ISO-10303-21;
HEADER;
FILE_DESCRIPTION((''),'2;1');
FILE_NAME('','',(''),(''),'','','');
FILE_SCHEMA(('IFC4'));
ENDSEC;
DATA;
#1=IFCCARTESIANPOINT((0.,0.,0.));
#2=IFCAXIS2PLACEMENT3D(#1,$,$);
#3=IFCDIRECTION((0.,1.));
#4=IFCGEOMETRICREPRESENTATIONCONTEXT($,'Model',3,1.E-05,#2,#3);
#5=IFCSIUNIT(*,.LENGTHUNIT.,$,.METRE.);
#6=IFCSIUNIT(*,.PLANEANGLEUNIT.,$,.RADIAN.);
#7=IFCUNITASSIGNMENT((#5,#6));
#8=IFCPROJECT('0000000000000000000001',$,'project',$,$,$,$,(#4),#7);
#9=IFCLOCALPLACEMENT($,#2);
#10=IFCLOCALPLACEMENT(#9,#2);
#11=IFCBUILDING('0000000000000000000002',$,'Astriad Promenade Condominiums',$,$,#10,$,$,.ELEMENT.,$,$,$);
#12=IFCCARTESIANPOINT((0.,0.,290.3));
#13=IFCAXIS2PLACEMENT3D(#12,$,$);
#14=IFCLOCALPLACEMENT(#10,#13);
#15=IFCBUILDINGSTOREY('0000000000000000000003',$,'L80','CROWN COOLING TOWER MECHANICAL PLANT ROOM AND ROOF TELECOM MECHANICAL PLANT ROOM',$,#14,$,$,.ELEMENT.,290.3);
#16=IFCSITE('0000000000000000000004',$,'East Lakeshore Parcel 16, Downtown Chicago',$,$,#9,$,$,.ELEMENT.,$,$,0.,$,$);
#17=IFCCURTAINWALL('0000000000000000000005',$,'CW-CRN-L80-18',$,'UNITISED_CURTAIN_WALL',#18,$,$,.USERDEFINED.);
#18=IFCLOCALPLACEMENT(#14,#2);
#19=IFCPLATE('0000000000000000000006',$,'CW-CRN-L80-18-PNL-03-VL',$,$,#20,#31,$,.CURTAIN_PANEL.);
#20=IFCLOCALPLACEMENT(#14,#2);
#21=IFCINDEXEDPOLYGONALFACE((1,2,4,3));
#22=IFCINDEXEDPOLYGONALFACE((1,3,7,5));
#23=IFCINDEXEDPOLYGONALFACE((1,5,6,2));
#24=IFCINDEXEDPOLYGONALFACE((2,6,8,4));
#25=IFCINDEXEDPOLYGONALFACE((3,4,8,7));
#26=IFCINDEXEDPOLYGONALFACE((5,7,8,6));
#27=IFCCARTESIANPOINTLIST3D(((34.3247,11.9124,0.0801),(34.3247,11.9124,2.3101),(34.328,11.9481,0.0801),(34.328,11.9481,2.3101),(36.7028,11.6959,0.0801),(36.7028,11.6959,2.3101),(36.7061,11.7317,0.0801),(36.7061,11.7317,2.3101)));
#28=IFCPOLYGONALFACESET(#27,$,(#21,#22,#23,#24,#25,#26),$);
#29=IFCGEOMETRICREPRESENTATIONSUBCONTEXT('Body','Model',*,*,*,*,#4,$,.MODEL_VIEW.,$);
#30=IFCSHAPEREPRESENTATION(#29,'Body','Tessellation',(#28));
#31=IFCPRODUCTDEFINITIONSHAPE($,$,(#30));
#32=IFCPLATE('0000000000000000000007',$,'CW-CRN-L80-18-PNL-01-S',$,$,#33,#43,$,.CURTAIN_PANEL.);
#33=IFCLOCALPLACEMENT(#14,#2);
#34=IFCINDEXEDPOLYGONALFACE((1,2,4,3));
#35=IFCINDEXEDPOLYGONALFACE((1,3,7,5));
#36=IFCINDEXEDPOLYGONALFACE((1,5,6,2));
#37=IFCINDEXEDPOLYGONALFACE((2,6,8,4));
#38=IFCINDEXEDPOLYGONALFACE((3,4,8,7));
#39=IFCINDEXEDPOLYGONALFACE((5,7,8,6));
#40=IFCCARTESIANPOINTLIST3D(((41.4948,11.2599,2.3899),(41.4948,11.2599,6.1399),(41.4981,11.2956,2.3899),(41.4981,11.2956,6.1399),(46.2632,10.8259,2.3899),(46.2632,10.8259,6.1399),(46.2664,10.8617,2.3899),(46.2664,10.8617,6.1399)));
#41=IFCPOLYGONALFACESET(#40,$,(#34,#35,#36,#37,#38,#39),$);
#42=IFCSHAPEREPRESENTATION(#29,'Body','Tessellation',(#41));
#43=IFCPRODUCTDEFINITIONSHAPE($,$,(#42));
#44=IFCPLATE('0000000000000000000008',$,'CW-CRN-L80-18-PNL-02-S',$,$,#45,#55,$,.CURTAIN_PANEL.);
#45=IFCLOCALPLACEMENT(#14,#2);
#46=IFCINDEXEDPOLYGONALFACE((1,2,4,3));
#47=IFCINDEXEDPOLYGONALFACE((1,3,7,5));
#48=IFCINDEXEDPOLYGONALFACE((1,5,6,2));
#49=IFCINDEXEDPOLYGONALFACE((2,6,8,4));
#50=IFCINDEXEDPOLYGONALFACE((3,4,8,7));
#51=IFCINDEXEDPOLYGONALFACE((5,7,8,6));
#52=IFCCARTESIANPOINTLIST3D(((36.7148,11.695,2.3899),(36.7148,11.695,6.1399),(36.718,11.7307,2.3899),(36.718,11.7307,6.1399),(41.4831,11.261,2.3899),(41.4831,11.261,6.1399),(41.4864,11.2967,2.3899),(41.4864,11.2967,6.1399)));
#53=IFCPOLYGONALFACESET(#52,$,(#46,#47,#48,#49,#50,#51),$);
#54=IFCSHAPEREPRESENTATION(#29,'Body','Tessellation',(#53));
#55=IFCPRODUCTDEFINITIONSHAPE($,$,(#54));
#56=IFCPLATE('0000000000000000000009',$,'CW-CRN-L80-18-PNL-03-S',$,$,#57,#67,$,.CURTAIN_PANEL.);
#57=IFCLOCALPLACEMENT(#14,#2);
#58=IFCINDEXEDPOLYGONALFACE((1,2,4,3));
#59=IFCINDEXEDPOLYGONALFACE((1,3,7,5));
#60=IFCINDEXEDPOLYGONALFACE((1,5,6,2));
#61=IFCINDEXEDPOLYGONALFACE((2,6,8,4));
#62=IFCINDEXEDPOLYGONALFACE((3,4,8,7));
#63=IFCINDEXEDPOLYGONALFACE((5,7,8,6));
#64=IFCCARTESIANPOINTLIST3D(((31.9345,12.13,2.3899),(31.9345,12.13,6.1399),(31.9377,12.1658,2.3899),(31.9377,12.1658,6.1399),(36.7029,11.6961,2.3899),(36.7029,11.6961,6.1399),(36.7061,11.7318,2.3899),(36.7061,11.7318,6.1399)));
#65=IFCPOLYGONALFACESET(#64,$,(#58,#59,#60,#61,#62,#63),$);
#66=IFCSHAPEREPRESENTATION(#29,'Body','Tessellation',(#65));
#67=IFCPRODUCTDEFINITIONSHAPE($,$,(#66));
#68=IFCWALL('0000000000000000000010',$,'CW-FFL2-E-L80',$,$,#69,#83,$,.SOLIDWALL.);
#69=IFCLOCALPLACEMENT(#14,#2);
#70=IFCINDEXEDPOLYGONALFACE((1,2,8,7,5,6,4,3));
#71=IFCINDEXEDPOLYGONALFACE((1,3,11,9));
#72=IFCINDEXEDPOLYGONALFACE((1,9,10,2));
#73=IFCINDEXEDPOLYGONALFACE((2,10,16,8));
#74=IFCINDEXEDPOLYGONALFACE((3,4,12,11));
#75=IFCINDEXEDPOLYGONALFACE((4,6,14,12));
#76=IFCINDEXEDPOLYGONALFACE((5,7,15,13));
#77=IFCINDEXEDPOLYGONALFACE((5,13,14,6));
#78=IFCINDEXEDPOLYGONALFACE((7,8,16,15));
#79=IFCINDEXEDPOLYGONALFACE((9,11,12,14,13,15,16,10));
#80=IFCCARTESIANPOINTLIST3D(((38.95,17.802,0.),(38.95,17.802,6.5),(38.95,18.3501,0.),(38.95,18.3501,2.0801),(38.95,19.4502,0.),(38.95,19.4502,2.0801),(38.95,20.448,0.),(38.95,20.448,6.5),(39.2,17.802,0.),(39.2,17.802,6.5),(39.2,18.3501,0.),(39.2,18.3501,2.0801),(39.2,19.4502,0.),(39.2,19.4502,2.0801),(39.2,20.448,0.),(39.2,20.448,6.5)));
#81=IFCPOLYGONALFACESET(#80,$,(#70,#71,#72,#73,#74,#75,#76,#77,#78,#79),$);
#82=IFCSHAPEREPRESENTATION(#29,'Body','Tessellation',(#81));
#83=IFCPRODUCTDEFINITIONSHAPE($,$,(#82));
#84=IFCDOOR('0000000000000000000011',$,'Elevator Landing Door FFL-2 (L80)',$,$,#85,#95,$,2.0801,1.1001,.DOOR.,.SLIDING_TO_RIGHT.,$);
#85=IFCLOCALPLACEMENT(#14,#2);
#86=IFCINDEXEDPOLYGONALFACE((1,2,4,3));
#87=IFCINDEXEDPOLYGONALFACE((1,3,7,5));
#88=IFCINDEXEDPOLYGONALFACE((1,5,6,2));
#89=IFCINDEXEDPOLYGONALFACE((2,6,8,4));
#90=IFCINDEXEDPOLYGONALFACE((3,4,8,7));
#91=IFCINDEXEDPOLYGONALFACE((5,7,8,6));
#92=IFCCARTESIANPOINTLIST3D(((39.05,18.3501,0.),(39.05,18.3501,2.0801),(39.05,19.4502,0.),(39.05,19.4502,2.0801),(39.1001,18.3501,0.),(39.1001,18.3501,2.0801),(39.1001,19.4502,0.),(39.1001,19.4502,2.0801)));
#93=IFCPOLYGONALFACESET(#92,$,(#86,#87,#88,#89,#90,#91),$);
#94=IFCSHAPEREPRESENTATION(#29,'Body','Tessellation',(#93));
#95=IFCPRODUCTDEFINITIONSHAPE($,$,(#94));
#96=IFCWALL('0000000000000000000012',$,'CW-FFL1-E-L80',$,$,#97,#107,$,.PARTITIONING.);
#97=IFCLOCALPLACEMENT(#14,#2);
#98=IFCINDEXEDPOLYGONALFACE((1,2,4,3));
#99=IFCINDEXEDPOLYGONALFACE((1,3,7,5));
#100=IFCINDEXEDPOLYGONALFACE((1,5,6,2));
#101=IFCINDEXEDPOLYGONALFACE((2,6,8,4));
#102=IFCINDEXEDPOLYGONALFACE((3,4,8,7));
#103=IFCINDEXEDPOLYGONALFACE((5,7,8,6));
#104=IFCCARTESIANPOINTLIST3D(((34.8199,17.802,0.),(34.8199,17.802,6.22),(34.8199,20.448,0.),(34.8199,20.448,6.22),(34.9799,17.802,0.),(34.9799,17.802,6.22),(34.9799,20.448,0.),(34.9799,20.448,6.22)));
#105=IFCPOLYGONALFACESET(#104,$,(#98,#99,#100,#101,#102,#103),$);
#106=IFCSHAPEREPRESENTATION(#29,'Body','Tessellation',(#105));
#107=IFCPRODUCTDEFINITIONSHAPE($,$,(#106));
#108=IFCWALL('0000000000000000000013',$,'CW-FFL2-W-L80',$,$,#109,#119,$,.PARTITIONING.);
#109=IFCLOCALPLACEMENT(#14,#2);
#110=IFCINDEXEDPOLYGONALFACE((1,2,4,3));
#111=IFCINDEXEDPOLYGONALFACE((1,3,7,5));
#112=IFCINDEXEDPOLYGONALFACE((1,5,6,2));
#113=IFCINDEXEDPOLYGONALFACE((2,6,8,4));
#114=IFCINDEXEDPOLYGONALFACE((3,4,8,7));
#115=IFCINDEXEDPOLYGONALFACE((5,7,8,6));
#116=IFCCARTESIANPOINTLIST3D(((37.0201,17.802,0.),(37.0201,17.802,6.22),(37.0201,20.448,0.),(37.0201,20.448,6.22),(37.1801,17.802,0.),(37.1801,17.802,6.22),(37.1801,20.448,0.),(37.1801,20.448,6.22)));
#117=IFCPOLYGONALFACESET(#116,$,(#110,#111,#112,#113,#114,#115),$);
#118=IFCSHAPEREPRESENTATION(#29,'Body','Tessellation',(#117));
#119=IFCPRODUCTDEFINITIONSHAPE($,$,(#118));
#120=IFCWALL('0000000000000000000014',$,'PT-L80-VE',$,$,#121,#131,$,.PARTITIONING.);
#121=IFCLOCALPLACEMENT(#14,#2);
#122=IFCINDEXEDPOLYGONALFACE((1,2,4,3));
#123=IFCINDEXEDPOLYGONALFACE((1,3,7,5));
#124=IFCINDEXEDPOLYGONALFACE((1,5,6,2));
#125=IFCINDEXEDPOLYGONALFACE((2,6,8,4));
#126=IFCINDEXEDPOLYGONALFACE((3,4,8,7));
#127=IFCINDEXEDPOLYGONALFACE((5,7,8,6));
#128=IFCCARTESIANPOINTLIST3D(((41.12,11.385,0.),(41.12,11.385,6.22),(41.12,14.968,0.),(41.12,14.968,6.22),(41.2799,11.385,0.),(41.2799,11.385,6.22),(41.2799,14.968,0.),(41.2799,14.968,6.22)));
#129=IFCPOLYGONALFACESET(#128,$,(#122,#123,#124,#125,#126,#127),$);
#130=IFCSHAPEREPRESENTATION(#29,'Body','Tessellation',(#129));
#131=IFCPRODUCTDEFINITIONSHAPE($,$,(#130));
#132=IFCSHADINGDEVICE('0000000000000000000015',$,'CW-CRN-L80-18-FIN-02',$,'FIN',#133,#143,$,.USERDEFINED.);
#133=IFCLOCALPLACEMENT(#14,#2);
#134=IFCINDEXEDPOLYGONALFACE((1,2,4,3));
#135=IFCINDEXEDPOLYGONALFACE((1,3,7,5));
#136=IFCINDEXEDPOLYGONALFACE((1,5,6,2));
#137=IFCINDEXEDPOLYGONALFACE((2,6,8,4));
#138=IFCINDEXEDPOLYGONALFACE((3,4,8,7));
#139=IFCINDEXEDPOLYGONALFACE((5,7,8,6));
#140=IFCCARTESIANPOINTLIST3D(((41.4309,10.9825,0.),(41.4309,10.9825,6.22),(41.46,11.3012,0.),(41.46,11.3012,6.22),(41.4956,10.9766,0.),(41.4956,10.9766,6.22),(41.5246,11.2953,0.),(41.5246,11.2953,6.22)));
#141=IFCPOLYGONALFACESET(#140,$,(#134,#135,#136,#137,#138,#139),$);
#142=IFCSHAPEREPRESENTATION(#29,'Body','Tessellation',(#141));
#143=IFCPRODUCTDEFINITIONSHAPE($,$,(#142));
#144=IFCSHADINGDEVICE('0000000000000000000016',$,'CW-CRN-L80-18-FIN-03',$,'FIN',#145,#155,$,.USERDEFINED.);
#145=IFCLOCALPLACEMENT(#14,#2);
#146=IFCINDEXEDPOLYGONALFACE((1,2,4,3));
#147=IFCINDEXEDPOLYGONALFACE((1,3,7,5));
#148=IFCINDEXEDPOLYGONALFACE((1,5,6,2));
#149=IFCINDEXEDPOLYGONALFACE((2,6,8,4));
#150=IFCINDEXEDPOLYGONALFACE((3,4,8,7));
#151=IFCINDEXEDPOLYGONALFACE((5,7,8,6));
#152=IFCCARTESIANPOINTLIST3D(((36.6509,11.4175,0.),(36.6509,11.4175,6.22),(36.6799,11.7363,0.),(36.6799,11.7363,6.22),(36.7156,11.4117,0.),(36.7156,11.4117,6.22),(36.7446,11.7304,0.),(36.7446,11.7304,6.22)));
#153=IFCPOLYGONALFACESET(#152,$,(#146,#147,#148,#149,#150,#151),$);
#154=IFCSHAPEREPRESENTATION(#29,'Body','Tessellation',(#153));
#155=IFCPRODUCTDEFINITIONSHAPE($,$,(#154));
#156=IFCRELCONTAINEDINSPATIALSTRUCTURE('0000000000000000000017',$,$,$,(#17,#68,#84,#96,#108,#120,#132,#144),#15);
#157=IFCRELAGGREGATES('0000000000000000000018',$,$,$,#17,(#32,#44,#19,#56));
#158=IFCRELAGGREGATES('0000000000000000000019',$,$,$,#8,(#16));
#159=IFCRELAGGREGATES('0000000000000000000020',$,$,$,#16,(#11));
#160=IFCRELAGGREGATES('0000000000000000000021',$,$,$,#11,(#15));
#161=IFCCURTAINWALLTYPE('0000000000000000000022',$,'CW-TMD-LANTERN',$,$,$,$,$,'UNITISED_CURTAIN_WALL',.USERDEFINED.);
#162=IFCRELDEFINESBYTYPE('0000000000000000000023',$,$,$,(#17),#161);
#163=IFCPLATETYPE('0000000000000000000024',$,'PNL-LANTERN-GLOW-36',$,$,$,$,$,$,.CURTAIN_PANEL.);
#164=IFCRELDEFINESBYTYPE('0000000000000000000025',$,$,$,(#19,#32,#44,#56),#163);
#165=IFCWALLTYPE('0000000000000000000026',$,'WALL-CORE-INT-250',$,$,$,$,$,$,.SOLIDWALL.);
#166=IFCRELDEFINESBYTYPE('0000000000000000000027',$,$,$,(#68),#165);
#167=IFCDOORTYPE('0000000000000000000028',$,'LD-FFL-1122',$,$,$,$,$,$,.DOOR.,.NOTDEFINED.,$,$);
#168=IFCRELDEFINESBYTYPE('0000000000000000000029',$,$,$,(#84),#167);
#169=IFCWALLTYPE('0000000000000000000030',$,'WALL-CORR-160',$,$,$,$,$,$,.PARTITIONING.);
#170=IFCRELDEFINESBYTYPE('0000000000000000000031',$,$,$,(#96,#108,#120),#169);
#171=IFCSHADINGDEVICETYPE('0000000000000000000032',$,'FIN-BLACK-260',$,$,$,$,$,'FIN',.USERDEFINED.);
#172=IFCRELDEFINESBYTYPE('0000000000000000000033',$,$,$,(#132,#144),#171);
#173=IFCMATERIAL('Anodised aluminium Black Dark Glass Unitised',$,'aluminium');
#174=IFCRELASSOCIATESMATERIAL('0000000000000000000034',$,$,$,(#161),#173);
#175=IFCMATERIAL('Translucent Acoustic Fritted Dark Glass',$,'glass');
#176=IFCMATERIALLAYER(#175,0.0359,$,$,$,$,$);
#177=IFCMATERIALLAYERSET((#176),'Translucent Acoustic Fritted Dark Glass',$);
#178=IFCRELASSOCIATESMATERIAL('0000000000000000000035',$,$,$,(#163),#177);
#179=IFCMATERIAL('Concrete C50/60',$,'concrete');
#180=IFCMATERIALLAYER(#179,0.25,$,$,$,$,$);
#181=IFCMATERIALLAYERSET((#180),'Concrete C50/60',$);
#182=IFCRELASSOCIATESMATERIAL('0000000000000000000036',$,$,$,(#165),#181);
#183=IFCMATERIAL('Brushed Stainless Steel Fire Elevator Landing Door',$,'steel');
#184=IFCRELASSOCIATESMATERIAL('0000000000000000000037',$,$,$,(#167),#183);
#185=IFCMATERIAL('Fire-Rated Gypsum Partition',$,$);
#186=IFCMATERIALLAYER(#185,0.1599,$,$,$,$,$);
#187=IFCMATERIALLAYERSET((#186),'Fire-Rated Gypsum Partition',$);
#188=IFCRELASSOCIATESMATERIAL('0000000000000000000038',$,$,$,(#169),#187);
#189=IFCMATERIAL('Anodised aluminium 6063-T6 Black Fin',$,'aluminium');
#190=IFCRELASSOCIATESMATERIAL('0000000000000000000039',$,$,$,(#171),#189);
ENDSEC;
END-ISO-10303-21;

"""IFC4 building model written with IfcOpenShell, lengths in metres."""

from ifc_helpers import new_model, si_unit, direction, frame, frame_2d, origin, origin_2d, place, context, subcontext, project, spatial, rectangle, extrude, source, transform, mapped, material, layer, layer_set, type_object, type_shapes, element, fill, aggregate, save


model = new_model("IFC4")

# Units and contexts
model_context = context("Model", 3, precision=1e-05, world=origin(), true_north=direction((0.0, 1.0)))
body_context = subcontext(model_context, "Body", "Model", "MODEL_VIEW")
ifc_project = project(units=[si_unit("LENGTHUNIT", "METRE"), si_unit("PLANEANGLEUNIT", "RADIAN")], contexts=[model_context])

# Site, building, storey
site_placement = place(None, origin())
site = spatial("IfcSite", under=ifc_project, at=site_placement, Name="East Lakeshore Parcel 16, Downtown Chicago", CompositionType="ELEMENT", RefElevation=0.0)
building_placement = place(site_placement, origin())
building = spatial("IfcBuilding", under=site, at=building_placement, Name="Astriad Promenade Condominiums", CompositionType="ELEMENT")
storey_placement = place(building_placement, frame((0.0, 0.0, 290.3)))
storey = spatial("IfcBuildingStorey", under=building, at=storey_placement, Name="L80", Description="CROWN COOLING TOWER MECHANICAL PLANT ROOM AND ROOF TELECOM MECHANICAL PLANT ROOM", CompositionType="ELEMENT", Elevation=290.3)

# Curtain wall, plates
ifc_material_1 = material(Name="Anodised aluminium Black Dark Glass Unitised", Category="aluminium")
curtain_wall_type = type_object("IfcCurtainWallType", Name="CW-TMD-LANTERN", ElementType="UNITISED_CURTAIN_WALL", PredefinedType="USERDEFINED", material=ifc_material_1)
curtain_wall_placement = place(storey_placement, origin())
curtain_wall = element("IfcCurtainWall", 1, at=curtain_wall_placement, inside=storey, type_object=curtain_wall_type, Name="CW-CRN-L80-18", ObjectType="UNITISED_CURTAIN_WALL", PredefinedType="USERDEFINED")
ifc_material_2 = material(Name="Translucent Acoustic Fritted Dark Glass", Category="glass")
ifc_layer_1 = layer(ifc_material_2, 0.0359)
ifc_layer_set_1 = layer_set([ifc_layer_1], Name="Translucent Acoustic Fritted Dark Glass")
plate_type = type_object("IfcPlateType", Name="PNL-LANTERN-GLOW-36", PredefinedType="CURTAIN_PANEL", material=ifc_layer_set_1)
shared_shape_1 = source(origin(), body_context, "Body", "SweptSolid", [
    extrude(rectangle(XDim=2.3879, YDim=0.0359, at=origin_2d()), origin(), (0.0, 0.0, 1.0), 2.23),
])
plate_1_placement = place(storey_placement, frame((35.5154, 11.822, 0.0801), z_axis=(0.0, 0.0, 1.0), x_axis=(-0.995884, 0.090633, 0.0)))
plate_1 = element("IfcPlate", 2, at=plate_1_placement, type_object=plate_type, Name="CW-CRN-L80-18-PNL-03-VL", PredefinedType="CURTAIN_PANEL", context=body_context, shape_type="MappedRepresentation", body=[
    mapped(shared_shape_1, transform((0.0, 0.0, 0.0), scale=1.0)),
])
shared_shape_2 = source(origin(), body_context, "Body", "SweptSolid", [
    extrude(rectangle(XDim=4.7881, YDim=0.0359, at=origin_2d()), origin(), (0.0, 0.0, 1.0), 3.75),
])
type_shapes(plate_type, [shared_shape_1, shared_shape_2])
plate_2_placement = place(storey_placement, frame((43.8806, 11.0608, 2.3899), z_axis=(0.0, 0.0, 1.0), x_axis=(-0.995884, 0.090633, 0.0)))
plate_2 = element("IfcPlate", 3, at=plate_2_placement, type_object=plate_type, Name="CW-CRN-L80-18-PNL-01-S", PredefinedType="CURTAIN_PANEL", context=body_context, shape_type="MappedRepresentation", body=[
    mapped(shared_shape_2, transform((0.0, 0.0, 0.0), scale=1.0)),
])
plate_3_placement = place(storey_placement, frame((39.1006, 11.4958, 2.3899), z_axis=(0.0, 0.0, 1.0), x_axis=(-0.995884, 0.090633, 0.0)))
plate_3 = element("IfcPlate", 4, at=plate_3_placement, type_object=plate_type, Name="CW-CRN-L80-18-PNL-02-S", PredefinedType="CURTAIN_PANEL", context=body_context, shape_type="MappedRepresentation", body=[
    mapped(shared_shape_2, transform((0.0, 0.0, 0.0), scale=1.0)),
])
plate_4_placement = place(storey_placement, frame((34.3203, 11.9309, 2.3899), z_axis=(0.0, 0.0, 1.0), x_axis=(-0.995884, 0.090633, 0.0)))
plate_4 = element("IfcPlate", 5, at=plate_4_placement, type_object=plate_type, Name="CW-CRN-L80-18-PNL-03-S", PredefinedType="CURTAIN_PANEL", context=body_context, shape_type="MappedRepresentation", body=[
    mapped(shared_shape_2, transform((0.0, 0.0, 0.0), scale=1.0)),
])
aggregate(curtain_wall, [plate_2, plate_3, plate_1, plate_4])

# Wall, opening, door
ifc_material_3 = material(Name="Concrete C50/60", Category="concrete")
ifc_layer_2 = layer(ifc_material_3, 0.25)
ifc_layer_set_2 = layer_set([ifc_layer_2], Name="Concrete C50/60")
wall_type_1 = type_object("IfcWallType", Name="WALL-CORE-INT-250", PredefinedType="SOLIDWALL", material=ifc_layer_set_2)
wall_1_placement = place(storey_placement, frame((39.075, 17.802, 0.0), z_axis=(0.0, 0.0, 1.0), x_axis=(0.0, 1.0, 0.0)))
wall_1 = element("IfcWall", 6, at=wall_1_placement, inside=storey, type_object=wall_type_1, Name="CW-FFL2-E-L80", PredefinedType="SOLIDWALL", context=body_context, shape_type="SweptSolid", body=[
    extrude(rectangle(XDim=2.646, YDim=0.25, at=frame_2d((1.323, 0.0))), origin(), (0.0, 0.0, 1.0), 6.5),
])
opening_placement = place(wall_1_placement, frame((0.5481, 0.0, 0.0)))
opening = element("IfcOpeningElement", 7, at=opening_placement, cuts=wall_1, PredefinedType="OPENING", context=body_context, shape_type="SweptSolid", body=[
    extrude(rectangle(XDim=1.1001, YDim=2.0801, at=frame_2d((0.55, 1.04))), frame((0.0, 0.135, 0.0), z_axis=(0.0, -1.0, 0.0), x_axis=(1.0, 0.0, 0.0)), (0.0, 0.0, 1.0), 0.27),
])
ifc_material_4 = material(Name="Brushed Stainless Steel Fire Elevator Landing Door", Category="steel")
door_type = type_object("IfcDoorType", Name="LD-FFL-1122", OperationType="NOTDEFINED", PredefinedType="DOOR", material=ifc_material_4)
shared_shape_3 = source(origin(), body_context, "Body", "SweptSolid", [
    extrude(rectangle(XDim=1.1001, YDim=2.0801, at=frame_2d((0.55, 1.04))), frame((0.0, 0.0249, 0.0), z_axis=(0.0, -1.0, 0.0), x_axis=(1.0, 0.0, 0.0)), (0.0, 0.0, 1.0), 0.05),
])
type_shapes(door_type, [shared_shape_3])
door_placement = place(opening_placement, origin())
door = element("IfcDoor", 8, at=door_placement, inside=storey, type_object=door_type, Name="Elevator Landing Door FFL-2 (L80)", OperationType="SLIDING_TO_RIGHT", OverallHeight=2.0801, OverallWidth=1.1001, PredefinedType="DOOR", context=body_context, shape_type="MappedRepresentation", body=[
    mapped(shared_shape_3, transform((0.0, 0.0, 0.0), scale=1.0)),
])
fill(opening, door)

# Walls
ifc_material_5 = material(Name="Fire-Rated Gypsum Partition")
ifc_layer_3 = layer(ifc_material_5, 0.1599)
ifc_layer_set_3 = layer_set([ifc_layer_3], Name="Fire-Rated Gypsum Partition")
wall_type_2 = type_object("IfcWallType", Name="WALL-CORR-160", PredefinedType="PARTITIONING", material=ifc_layer_set_3)
for number, where, z_axis, x_axis, name in (
    (9, (34.8999, 17.802, 0.0), (0.0, 0.0, 1.0), (0.0, 1.0, 0.0), "CW-FFL1-E-L80"),
    (10, (37.1001, 17.802, 0.0), (0.0, 0.0, 1.0), (0.0, 1.0, 0.0), "CW-FFL2-W-L80"),
):
    element("IfcWall", number, at=place(storey_placement, frame(where, z_axis=z_axis, x_axis=x_axis)), inside=storey, type_object=wall_type_2, Name=name, PredefinedType="PARTITIONING", context=body_context, shape_type="SweptSolid", body=[
        extrude(rectangle(XDim=2.646, YDim=0.1599, at=frame_2d((1.323, 0.0))), origin(), (0.0, 0.0, 1.0), 6.22),
    ])
wall_2_placement = place(storey_placement, frame((41.2, 11.385, 0.0), z_axis=(0.0, 0.0, 1.0), x_axis=(0.0, 1.0, 0.0)))
element("IfcWall", 11, at=wall_2_placement, inside=storey, type_object=wall_type_2, Name="PT-L80-VE", PredefinedType="PARTITIONING", context=body_context, shape_type="SweptSolid", body=[
    extrude(rectangle(XDim=3.583, YDim=0.1599, at=frame_2d((1.7915, 0.0))), origin(), (0.0, 0.0, 1.0), 6.22),
])

# Shading devices
ifc_material_6 = material(Name="Anodised aluminium 6063-T6 Black Fin", Category="aluminium")
shading_device_type = type_object("IfcShadingDeviceType", Name="FIN-BLACK-260", ElementType="FIN", PredefinedType="USERDEFINED", material=ifc_material_6)
shared_shape_4 = source(origin(), body_context, "Body", "SweptSolid", [
    extrude(rectangle(XDim=0.0649, YDim=0.3201, at=origin_2d()), origin(), (0.0, 0.0, 1.0), 6.22),
])
type_shapes(shading_device_type, [shared_shape_4])
for number, where, z_axis, x_axis, name in (
    (12, (41.4778, 11.1389, 0.0), (0.0, 0.0, 1.0), (-0.995884, 0.090633, 0.0), "CW-CRN-L80-18-FIN-02"),
    (13, (36.6978, 11.574, 0.0), (0.0, 0.0, 1.0), (-0.995884, 0.090633, 0.0), "CW-CRN-L80-18-FIN-03"),
):
    element("IfcShadingDevice", number, at=place(storey_placement, frame(where, z_axis=z_axis, x_axis=x_axis)), inside=storey, type_object=shading_device_type, Name=name, ObjectType="FIN", PredefinedType="USERDEFINED", context=body_context, shape_type="MappedRepresentation", body=[
        mapped(shared_shape_4, transform((0.0, 0.0, 0.0), scale=1.0)),
    ])

save(model, "model.ifc")
